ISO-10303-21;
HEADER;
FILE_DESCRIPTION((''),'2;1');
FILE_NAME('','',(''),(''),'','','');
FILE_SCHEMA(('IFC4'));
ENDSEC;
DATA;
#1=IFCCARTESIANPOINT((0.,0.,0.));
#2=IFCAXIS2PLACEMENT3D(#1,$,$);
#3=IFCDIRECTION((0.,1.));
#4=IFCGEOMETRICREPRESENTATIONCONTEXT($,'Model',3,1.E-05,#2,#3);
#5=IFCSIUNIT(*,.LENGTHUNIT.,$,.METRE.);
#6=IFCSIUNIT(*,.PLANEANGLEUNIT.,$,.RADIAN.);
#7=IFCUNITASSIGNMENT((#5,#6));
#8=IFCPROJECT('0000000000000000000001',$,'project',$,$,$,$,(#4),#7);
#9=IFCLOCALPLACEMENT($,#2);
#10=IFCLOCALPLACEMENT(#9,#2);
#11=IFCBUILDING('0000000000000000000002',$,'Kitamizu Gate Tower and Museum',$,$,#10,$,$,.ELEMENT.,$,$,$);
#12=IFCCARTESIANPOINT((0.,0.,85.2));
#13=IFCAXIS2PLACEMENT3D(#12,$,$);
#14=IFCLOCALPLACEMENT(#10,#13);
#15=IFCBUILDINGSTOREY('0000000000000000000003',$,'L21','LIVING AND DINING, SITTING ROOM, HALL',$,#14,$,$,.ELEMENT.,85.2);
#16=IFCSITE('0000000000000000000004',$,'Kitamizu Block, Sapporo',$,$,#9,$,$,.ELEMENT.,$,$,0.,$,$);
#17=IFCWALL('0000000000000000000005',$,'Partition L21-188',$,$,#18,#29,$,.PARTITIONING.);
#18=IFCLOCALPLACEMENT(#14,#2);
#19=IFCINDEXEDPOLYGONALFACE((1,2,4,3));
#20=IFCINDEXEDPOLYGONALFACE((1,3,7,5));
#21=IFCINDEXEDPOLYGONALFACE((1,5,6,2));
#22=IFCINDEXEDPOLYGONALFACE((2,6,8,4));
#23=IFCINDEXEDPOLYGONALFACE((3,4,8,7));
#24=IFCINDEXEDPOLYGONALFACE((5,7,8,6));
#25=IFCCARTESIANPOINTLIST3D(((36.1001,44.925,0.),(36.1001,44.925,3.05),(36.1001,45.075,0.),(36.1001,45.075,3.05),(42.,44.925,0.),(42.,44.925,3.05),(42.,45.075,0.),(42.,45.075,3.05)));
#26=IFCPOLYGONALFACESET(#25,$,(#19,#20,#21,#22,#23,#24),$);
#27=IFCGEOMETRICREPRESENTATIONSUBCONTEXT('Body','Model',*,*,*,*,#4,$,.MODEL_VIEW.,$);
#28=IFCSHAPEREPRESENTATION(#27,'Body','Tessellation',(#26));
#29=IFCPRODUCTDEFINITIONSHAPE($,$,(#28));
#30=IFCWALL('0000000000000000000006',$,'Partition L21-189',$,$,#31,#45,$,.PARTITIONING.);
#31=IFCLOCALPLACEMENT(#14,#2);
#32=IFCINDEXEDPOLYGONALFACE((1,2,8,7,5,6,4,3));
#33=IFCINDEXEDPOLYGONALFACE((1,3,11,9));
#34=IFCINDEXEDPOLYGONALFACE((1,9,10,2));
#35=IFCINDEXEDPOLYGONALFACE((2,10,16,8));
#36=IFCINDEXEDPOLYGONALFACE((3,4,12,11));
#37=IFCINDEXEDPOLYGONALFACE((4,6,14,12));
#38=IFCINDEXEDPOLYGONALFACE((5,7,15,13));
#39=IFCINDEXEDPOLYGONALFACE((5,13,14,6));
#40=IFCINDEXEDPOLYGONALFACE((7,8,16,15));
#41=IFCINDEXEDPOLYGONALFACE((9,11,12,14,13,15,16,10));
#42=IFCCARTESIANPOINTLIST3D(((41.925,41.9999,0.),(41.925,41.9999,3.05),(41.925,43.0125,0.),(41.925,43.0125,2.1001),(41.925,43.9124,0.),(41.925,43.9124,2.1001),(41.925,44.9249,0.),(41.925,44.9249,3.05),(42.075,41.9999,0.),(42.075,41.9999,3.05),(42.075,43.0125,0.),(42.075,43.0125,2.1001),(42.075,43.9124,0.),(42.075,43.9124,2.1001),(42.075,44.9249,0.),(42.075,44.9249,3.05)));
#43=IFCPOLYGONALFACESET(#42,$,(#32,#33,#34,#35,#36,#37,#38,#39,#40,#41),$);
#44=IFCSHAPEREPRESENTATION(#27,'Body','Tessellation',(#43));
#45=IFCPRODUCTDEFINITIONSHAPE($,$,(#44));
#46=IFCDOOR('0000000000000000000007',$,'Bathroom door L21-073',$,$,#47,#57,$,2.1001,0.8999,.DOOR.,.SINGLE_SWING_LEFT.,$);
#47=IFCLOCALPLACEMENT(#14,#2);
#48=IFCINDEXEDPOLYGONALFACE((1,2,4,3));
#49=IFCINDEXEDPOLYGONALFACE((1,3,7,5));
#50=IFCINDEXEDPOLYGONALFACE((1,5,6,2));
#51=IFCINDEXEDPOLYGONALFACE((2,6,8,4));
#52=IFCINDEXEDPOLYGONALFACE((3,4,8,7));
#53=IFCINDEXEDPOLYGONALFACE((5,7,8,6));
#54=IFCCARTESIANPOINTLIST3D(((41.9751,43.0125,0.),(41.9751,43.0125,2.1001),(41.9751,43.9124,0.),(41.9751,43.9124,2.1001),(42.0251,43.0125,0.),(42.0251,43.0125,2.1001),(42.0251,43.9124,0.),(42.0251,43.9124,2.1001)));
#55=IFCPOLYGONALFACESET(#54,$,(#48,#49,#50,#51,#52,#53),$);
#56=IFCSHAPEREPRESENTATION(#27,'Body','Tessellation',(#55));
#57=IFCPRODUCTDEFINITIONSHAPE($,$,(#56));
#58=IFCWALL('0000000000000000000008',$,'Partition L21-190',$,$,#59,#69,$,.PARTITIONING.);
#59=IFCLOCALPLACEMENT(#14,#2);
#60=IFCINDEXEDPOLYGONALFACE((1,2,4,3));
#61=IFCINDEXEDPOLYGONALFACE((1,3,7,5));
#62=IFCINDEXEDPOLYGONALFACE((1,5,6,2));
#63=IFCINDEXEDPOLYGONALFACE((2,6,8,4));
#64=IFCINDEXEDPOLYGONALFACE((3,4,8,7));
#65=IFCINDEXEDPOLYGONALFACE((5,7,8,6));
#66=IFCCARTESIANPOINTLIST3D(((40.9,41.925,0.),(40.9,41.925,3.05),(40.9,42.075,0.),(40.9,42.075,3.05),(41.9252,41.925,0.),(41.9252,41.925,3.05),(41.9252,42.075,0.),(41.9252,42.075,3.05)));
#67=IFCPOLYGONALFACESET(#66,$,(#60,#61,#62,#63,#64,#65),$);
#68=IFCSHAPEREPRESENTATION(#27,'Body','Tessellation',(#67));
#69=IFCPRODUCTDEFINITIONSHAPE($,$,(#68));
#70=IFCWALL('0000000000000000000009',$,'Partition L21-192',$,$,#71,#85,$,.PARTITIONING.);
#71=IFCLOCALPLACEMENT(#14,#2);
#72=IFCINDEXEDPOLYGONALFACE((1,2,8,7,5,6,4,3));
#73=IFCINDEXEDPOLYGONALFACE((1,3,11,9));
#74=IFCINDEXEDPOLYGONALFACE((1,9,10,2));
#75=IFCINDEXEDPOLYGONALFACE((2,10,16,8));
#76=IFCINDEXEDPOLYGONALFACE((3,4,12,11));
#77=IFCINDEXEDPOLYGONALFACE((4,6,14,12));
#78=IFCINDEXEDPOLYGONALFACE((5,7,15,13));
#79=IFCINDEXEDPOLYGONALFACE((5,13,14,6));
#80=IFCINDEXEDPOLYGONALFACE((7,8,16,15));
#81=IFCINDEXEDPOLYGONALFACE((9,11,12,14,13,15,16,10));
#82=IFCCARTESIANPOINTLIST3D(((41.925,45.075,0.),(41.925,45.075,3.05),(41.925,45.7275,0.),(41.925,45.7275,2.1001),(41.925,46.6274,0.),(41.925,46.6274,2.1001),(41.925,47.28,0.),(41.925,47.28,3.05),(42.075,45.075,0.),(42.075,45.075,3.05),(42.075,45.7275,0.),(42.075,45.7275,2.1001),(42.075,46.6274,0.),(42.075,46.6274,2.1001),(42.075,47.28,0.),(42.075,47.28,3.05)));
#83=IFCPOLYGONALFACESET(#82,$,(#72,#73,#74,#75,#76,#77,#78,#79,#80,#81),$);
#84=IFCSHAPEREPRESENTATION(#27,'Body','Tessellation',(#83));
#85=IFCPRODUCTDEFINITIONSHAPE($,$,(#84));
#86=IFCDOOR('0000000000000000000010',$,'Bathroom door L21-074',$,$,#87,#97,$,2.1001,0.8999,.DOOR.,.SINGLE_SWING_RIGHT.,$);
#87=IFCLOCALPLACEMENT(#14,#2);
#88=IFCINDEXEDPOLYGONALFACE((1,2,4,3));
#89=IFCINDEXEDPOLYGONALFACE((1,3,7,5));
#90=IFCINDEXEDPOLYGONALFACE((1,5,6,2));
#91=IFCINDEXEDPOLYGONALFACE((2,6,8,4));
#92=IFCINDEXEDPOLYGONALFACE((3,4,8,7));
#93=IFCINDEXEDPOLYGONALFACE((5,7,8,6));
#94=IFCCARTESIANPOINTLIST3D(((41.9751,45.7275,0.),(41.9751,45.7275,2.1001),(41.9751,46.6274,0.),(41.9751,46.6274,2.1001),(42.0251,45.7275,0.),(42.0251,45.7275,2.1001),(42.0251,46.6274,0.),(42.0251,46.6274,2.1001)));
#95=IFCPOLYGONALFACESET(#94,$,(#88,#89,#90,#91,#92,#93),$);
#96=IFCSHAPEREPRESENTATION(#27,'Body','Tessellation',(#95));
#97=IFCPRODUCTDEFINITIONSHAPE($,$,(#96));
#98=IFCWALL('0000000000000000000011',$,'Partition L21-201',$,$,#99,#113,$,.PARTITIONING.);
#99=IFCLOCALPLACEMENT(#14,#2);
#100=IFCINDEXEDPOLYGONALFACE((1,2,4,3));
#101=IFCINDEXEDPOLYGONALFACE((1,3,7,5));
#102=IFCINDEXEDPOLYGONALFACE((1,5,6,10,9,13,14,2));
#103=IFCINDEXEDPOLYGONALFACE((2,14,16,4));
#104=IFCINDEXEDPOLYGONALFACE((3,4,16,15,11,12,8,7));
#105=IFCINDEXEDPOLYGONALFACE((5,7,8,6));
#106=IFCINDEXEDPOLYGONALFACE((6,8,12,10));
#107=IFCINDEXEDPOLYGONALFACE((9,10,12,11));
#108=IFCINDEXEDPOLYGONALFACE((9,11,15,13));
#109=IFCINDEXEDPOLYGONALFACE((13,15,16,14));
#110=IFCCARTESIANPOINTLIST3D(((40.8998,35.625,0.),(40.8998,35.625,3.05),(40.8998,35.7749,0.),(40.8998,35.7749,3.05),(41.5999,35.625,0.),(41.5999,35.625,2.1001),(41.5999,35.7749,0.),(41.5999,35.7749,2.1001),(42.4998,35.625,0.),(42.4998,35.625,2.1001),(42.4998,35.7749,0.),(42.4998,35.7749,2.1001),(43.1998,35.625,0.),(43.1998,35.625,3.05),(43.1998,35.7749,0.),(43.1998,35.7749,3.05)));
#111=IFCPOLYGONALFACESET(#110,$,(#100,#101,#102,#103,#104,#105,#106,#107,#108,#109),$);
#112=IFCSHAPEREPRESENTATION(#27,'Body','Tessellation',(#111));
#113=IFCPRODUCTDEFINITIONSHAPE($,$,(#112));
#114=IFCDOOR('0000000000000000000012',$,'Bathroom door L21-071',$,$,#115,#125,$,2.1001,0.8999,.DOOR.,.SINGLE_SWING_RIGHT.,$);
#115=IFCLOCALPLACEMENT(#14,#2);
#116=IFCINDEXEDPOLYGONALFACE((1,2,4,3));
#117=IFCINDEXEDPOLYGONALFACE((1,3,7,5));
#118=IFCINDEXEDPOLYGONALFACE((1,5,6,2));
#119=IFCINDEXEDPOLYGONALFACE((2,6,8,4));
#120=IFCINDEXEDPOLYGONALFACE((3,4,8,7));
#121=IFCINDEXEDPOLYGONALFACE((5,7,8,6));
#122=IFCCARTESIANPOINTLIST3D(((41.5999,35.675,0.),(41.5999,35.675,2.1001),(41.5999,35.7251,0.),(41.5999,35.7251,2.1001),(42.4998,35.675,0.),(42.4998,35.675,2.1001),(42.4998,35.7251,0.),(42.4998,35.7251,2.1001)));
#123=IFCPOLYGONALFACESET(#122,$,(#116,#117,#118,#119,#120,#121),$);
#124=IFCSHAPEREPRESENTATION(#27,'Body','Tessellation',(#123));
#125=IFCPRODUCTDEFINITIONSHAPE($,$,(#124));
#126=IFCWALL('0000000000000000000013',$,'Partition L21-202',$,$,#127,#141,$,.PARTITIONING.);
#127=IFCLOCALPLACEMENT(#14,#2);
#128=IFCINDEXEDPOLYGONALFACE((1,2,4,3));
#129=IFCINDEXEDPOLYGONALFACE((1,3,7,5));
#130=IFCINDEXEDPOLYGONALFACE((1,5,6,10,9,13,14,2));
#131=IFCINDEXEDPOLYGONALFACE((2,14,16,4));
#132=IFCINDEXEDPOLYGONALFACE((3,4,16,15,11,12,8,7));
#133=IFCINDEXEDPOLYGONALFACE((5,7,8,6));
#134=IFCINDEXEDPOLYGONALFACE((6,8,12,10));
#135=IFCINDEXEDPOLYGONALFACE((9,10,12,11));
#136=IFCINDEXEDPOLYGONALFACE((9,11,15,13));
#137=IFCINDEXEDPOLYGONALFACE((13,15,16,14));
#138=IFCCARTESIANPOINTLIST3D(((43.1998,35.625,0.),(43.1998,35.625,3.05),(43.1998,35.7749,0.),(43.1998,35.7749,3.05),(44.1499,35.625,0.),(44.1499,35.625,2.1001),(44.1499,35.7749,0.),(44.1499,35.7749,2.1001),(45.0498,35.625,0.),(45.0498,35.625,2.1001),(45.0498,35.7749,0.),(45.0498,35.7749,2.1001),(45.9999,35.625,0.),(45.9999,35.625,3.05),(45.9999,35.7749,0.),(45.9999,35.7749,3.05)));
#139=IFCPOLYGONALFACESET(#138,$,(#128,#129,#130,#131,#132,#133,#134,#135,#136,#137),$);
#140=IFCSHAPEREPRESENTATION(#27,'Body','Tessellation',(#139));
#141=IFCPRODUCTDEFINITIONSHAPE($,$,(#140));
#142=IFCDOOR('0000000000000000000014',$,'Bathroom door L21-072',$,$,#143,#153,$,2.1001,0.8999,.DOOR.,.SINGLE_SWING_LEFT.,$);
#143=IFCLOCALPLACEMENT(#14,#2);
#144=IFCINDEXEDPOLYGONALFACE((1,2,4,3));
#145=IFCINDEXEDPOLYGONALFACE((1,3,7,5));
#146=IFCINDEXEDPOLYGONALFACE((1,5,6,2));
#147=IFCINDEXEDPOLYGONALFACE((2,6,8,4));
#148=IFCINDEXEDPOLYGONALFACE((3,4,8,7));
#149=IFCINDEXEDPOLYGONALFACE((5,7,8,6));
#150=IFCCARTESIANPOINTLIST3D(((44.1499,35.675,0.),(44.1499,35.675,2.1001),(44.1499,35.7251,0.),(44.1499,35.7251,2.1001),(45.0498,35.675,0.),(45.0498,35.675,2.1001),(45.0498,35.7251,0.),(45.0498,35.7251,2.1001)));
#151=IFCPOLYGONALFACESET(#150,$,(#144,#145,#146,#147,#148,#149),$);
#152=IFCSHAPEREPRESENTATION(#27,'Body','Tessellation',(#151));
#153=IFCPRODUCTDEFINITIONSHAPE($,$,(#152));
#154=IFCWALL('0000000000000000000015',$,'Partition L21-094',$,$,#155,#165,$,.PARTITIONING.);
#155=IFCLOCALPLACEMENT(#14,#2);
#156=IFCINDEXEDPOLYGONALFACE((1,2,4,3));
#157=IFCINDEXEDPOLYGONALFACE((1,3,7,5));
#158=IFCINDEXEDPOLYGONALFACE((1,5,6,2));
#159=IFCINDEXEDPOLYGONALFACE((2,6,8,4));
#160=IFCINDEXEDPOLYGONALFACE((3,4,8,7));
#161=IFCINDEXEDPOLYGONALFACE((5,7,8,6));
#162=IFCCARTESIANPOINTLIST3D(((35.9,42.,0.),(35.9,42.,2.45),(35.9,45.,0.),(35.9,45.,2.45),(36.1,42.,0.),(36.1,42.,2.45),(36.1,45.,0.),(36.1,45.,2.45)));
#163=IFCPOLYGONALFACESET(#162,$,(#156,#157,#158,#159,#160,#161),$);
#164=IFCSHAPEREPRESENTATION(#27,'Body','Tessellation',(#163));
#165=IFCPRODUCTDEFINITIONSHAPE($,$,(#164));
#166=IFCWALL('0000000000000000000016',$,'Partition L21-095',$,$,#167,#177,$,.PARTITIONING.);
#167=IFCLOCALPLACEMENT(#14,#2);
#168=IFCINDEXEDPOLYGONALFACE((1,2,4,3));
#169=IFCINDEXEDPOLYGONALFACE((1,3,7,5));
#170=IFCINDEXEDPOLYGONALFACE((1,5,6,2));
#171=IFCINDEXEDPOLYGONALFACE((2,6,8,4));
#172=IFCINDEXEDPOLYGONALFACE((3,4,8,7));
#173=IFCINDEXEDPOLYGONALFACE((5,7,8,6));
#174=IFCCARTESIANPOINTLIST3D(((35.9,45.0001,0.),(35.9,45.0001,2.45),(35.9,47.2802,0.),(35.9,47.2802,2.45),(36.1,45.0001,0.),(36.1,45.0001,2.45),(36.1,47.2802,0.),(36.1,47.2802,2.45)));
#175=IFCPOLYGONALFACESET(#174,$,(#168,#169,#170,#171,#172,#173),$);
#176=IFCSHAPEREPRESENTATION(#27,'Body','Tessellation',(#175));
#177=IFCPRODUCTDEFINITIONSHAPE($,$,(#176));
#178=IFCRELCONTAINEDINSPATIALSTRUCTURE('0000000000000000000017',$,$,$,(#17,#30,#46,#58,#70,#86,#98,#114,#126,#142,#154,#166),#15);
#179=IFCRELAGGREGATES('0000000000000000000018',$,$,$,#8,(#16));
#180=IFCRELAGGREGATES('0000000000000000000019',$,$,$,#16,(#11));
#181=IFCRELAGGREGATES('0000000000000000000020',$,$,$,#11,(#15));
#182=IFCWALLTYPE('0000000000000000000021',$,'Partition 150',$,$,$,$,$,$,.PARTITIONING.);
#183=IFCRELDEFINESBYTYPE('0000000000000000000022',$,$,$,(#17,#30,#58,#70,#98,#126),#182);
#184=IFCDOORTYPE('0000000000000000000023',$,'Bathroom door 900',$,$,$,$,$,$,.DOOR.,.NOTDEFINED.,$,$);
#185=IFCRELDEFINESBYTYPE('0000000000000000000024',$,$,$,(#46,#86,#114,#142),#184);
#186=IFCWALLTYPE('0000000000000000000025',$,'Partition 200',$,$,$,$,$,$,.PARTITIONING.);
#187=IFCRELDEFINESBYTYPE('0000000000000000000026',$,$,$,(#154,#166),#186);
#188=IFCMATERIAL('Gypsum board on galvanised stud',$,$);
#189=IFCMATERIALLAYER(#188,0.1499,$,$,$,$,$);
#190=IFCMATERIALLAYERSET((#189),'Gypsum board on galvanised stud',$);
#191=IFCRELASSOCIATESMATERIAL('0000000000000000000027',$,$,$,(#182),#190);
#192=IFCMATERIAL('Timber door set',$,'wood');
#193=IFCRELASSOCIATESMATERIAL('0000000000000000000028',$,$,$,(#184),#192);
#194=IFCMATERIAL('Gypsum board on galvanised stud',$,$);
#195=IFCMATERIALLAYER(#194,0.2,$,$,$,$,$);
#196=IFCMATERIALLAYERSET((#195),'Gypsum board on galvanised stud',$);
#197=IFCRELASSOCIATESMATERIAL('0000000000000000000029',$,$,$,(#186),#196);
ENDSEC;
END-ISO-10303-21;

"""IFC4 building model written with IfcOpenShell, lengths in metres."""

from ifc_helpers import new_model, si_unit, direction, frame, frame_2d, origin, place, context, subcontext, project, spatial, rectangle, extrude, material, layer, layer_set, type_object, element, fill, save


model = new_model("IFC4")

# Units and contexts
model_context = context("Model", 3, precision=1e-05, world=origin(), true_north=direction((0.0, 1.0)))
body_context = subcontext(model_context, "Body", "Model", "MODEL_VIEW")
ifc_project = project(units=[si_unit("LENGTHUNIT", "METRE"), si_unit("PLANEANGLEUNIT", "RADIAN")], contexts=[model_context])

# Site, building, storey
site_placement = place(None, origin())
site = spatial("IfcSite", under=ifc_project, at=site_placement, Name="Kitamizu Block, Sapporo", CompositionType="ELEMENT", RefElevation=0.0)
building_placement = place(site_placement, origin())
building = spatial("IfcBuilding", under=site, at=building_placement, Name="Kitamizu Gate Tower and Museum", CompositionType="ELEMENT")
storey_placement = place(building_placement, frame((0.0, 0.0, 85.2)))
storey = spatial("IfcBuildingStorey", under=building, at=storey_placement, Name="L21", Description="LIVING AND DINING, SITTING ROOM, HALL", CompositionType="ELEMENT", Elevation=85.2)

# Wall
ifc_material_1 = material(Name="Gypsum board on galvanised stud")
ifc_layer_1 = layer(ifc_material_1, 0.1499)
ifc_layer_set_1 = layer_set([ifc_layer_1], Name="Gypsum board on galvanised stud")
wall_type_1 = type_object("IfcWallType", Name="Partition 150", PredefinedType="PARTITIONING", material=ifc_layer_set_1)
wall_1_placement = place(storey_placement, frame((42.0, 45.0, 0.0), z_axis=(0.0, 0.0, 1.0), x_axis=(-1.0, 0.0, 0.0)))
element("IfcWall", 1, at=wall_1_placement, inside=storey, type_object=wall_type_1, Name="Partition L21-188", PredefinedType="PARTITIONING", context=body_context, shape_type="SweptSolid", body=[
    extrude(rectangle(XDim=5.8999, YDim=0.1499, at=frame_2d((2.95, 0.0))), origin(), (0.0, 0.0, 1.0), 3.05),
])

# Wall, opening, door
wall_2_placement = place(storey_placement, frame((42.0, 42.0, 0.0), z_axis=(0.0, 0.0, 1.0), x_axis=(0.0, 1.0, 0.0)))
wall_2 = element("IfcWall", 2, at=wall_2_placement, inside=storey, type_object=wall_type_1, Name="Partition L21-189", PredefinedType="PARTITIONING", context=body_context, shape_type="SweptSolid", body=[
    extrude(rectangle(XDim=2.925, YDim=0.1499, at=frame_2d((1.4624, 0.0))), origin(), (0.0, 0.0, 1.0), 3.05),
])
opening_1_placement = place(wall_2_placement, frame((1.0125, 0.0, 0.0)))
opening_1 = element("IfcOpeningElement", 3, at=opening_1_placement, cuts=wall_2, PredefinedType="OPENING", context=body_context, shape_type="SweptSolid", body=[
    extrude(rectangle(XDim=0.8999, YDim=2.1001, at=frame_2d((0.45, 1.05))), frame((0.0, 0.085, 0.0), z_axis=(0.0, -1.0, 0.0), x_axis=(1.0, 0.0, 0.0)), (0.0, 0.0, 1.0), 0.1699),
])
ifc_material_2 = material(Name="Timber door set", Category="wood")
door_type_1 = type_object("IfcDoorType", Name="Bathroom door 900", OperationType="NOTDEFINED", PredefinedType="DOOR", material=ifc_material_2)
door_1_placement = place(opening_1_placement, origin())
door_1 = element("IfcDoor", 4, at=door_1_placement, inside=storey, type_object=door_type_1, Name="Bathroom door L21-073", OperationType="SINGLE_SWING_LEFT", OverallHeight=2.1001, OverallWidth=0.8999, PredefinedType="DOOR", context=body_context, shape_type="SweptSolid", body=[
    extrude(rectangle(XDim=0.8999, YDim=2.1001, at=frame_2d((0.45, 1.05))), frame((0.0, 0.0249, 0.0), z_axis=(0.0, -1.0, 0.0), x_axis=(1.0, 0.0, 0.0)), (0.0, 0.0, 1.0), 0.05),
])
fill(opening_1, door_1)

# Wall
wall_3_placement = place(storey_placement, frame((40.8999, 42.0, 0.0), z_axis=(0.0, 0.0, 1.0), x_axis=(1.0, 0.0, 0.0)))
element("IfcWall", 5, at=wall_3_placement, inside=storey, type_object=wall_type_1, Name="Partition L21-190", PredefinedType="PARTITIONING", context=body_context, shape_type="SweptSolid", body=[
    extrude(rectangle(XDim=1.0251, YDim=0.1499, at=frame_2d((0.5127, 0.0))), origin(), (0.0, 0.0, 1.0), 3.05),
])

# Walls, openings, doors
wall_4_placement = place(storey_placement, frame((42.0, 45.075, 0.0), z_axis=(0.0, 0.0, 1.0), x_axis=(0.0, 1.0, 0.0)))
wall_4 = element("IfcWall", 6, at=wall_4_placement, inside=storey, type_object=wall_type_1, Name="Partition L21-192", PredefinedType="PARTITIONING", context=body_context, shape_type="SweptSolid", body=[
    extrude(rectangle(XDim=2.2051, YDim=0.1499, at=frame_2d((1.1025, 0.0))), origin(), (0.0, 0.0, 1.0), 3.05),
])
opening_2_placement = place(wall_4_placement, frame((0.6526, 0.0, 0.0)))
opening_2 = element("IfcOpeningElement", 7, at=opening_2_placement, cuts=wall_4, PredefinedType="OPENING", context=body_context, shape_type="SweptSolid", body=[
    extrude(rectangle(XDim=0.8999, YDim=2.1001, at=frame_2d((0.45, 1.05))), frame((0.0, 0.085, 0.0), z_axis=(0.0, -1.0, 0.0), x_axis=(1.0, 0.0, 0.0)), (0.0, 0.0, 1.0), 0.1699),
])
door_2_placement = place(opening_2_placement, origin())
door_2 = element("IfcDoor", 8, at=door_2_placement, inside=storey, type_object=door_type_1, Name="Bathroom door L21-074", OperationType="SINGLE_SWING_RIGHT", OverallHeight=2.1001, OverallWidth=0.8999, PredefinedType="DOOR", context=body_context, shape_type="SweptSolid", body=[
    extrude(rectangle(XDim=0.8999, YDim=2.1001, at=frame_2d((0.45, 1.05))), frame((0.0, 0.0249, 0.0), z_axis=(0.0, -1.0, 0.0), x_axis=(1.0, 0.0, 0.0)), (0.0, 0.0, 1.0), 0.05),
])
fill(opening_2, door_2)
wall_5_placement = place(storey_placement, frame((40.8999, 35.7, 0.0), z_axis=(0.0, 0.0, 1.0), x_axis=(1.0, 0.0, 0.0)))
wall_5 = element("IfcWall", 9, at=wall_5_placement, inside=storey, type_object=wall_type_1, Name="Partition L21-201", PredefinedType="PARTITIONING", context=body_context, shape_type="SweptSolid", body=[
    extrude(rectangle(XDim=2.3, YDim=0.1499, at=frame_2d((1.1499, 0.0))), origin(), (0.0, 0.0, 1.0), 3.05),
])
opening_3_placement = place(wall_5_placement, frame((0.7, 0.0, 0.0)))
opening_3 = element("IfcOpeningElement", 10, at=opening_3_placement, cuts=wall_5, PredefinedType="OPENING", context=body_context, shape_type="SweptSolid", body=[
    extrude(rectangle(XDim=0.8999, YDim=2.1001, at=frame_2d((0.45, 1.05))), frame((0.0, 0.085, 0.0), z_axis=(0.0, -1.0, 0.0), x_axis=(1.0, 0.0, 0.0)), (0.0, 0.0, 1.0), 0.1699),
])
door_3_placement = place(opening_3_placement, frame((0.8999, 0.0, 0.0), x_axis=(-1.0, 0.0, 0.0)))
door_3 = element("IfcDoor", 11, at=door_3_placement, inside=storey, type_object=door_type_1, Name="Bathroom door L21-071", OperationType="SINGLE_SWING_RIGHT", OverallHeight=2.1001, OverallWidth=0.8999, PredefinedType="DOOR", context=body_context, shape_type="SweptSolid", body=[
    extrude(rectangle(XDim=0.8999, YDim=2.1001, at=frame_2d((0.45, 1.05))), frame((0.0, 0.0249, 0.0), z_axis=(0.0, -1.0, 0.0), x_axis=(1.0, 0.0, 0.0)), (0.0, 0.0, 1.0), 0.05),
])
fill(opening_3, door_3)
wall_6_placement = place(storey_placement, frame((43.2, 35.7, 0.0), z_axis=(0.0, 0.0, 1.0), x_axis=(1.0, 0.0, 0.0)))
wall_6 = element("IfcWall", 12, at=wall_6_placement, inside=storey, type_object=wall_type_1, Name="Partition L21-202", PredefinedType="PARTITIONING", context=body_context, shape_type="SweptSolid", body=[
    extrude(rectangle(XDim=2.8, YDim=0.1499, at=frame_2d((1.3999, 0.0))), origin(), (0.0, 0.0, 1.0), 3.05),
])
opening_4_placement = place(wall_6_placement, frame((0.95, 0.0, 0.0)))
opening_4 = element("IfcOpeningElement", 13, at=opening_4_placement, cuts=wall_6, PredefinedType="OPENING", context=body_context, shape_type="SweptSolid", body=[
    extrude(rectangle(XDim=0.8999, YDim=2.1001, at=frame_2d((0.45, 1.05))), frame((0.0, 0.085, 0.0), z_axis=(0.0, -1.0, 0.0), x_axis=(1.0, 0.0, 0.0)), (0.0, 0.0, 1.0), 0.1699),
])
door_4_placement = place(opening_4_placement, frame((0.8999, 0.0, 0.0), x_axis=(-1.0, 0.0, 0.0)))
door_4 = element("IfcDoor", 14, at=door_4_placement, inside=storey, type_object=door_type_1, Name="Bathroom door L21-072", OperationType="SINGLE_SWING_LEFT", OverallHeight=2.1001, OverallWidth=0.8999, PredefinedType="DOOR", context=body_context, shape_type="SweptSolid", body=[
    extrude(rectangle(XDim=0.8999, YDim=2.1001, at=frame_2d((0.45, 1.05))), frame((0.0, 0.0249, 0.0), z_axis=(0.0, -1.0, 0.0), x_axis=(1.0, 0.0, 0.0)), (0.0, 0.0, 1.0), 0.05),
])
fill(opening_4, door_4)

# Walls
ifc_material_3 = material(Name="Gypsum board on galvanised stud")
ifc_layer_2 = layer(ifc_material_3, 0.2)
ifc_layer_set_2 = layer_set([ifc_layer_2], Name="Gypsum board on galvanised stud")
wall_type_2 = type_object("IfcWallType", Name="Partition 200", PredefinedType="PARTITIONING", material=ifc_layer_set_2)
wall_7_placement = place(storey_placement, frame((36.0, 42.0, 0.0), z_axis=(0.0, 0.0, 1.0), x_axis=(0.0, 1.0, 0.0)))
element("IfcWall", 15, at=wall_7_placement, inside=storey, type_object=wall_type_2, Name="Partition L21-094", PredefinedType="PARTITIONING", context=body_context, shape_type="SweptSolid", body=[
    extrude(rectangle(XDim=3.0, YDim=0.2, at=frame_2d((1.5, 0.0))), origin(), (0.0, 0.0, 1.0), 2.45),
])
wall_8_placement = place(storey_placement, frame((36.0, 45.0, 0.0), z_axis=(0.0, 0.0, 1.0), x_axis=(0.0, 1.0, 0.0)))
element("IfcWall", 16, at=wall_8_placement, inside=storey, type_object=wall_type_2, Name="Partition L21-095", PredefinedType="PARTITIONING", context=body_context, shape_type="SweptSolid", body=[
    extrude(rectangle(XDim=2.28, YDim=0.2, at=frame_2d((1.1401, 0.0))), origin(), (0.0, 0.0, 1.0), 2.45),
])

save(model, "model.ifc")
